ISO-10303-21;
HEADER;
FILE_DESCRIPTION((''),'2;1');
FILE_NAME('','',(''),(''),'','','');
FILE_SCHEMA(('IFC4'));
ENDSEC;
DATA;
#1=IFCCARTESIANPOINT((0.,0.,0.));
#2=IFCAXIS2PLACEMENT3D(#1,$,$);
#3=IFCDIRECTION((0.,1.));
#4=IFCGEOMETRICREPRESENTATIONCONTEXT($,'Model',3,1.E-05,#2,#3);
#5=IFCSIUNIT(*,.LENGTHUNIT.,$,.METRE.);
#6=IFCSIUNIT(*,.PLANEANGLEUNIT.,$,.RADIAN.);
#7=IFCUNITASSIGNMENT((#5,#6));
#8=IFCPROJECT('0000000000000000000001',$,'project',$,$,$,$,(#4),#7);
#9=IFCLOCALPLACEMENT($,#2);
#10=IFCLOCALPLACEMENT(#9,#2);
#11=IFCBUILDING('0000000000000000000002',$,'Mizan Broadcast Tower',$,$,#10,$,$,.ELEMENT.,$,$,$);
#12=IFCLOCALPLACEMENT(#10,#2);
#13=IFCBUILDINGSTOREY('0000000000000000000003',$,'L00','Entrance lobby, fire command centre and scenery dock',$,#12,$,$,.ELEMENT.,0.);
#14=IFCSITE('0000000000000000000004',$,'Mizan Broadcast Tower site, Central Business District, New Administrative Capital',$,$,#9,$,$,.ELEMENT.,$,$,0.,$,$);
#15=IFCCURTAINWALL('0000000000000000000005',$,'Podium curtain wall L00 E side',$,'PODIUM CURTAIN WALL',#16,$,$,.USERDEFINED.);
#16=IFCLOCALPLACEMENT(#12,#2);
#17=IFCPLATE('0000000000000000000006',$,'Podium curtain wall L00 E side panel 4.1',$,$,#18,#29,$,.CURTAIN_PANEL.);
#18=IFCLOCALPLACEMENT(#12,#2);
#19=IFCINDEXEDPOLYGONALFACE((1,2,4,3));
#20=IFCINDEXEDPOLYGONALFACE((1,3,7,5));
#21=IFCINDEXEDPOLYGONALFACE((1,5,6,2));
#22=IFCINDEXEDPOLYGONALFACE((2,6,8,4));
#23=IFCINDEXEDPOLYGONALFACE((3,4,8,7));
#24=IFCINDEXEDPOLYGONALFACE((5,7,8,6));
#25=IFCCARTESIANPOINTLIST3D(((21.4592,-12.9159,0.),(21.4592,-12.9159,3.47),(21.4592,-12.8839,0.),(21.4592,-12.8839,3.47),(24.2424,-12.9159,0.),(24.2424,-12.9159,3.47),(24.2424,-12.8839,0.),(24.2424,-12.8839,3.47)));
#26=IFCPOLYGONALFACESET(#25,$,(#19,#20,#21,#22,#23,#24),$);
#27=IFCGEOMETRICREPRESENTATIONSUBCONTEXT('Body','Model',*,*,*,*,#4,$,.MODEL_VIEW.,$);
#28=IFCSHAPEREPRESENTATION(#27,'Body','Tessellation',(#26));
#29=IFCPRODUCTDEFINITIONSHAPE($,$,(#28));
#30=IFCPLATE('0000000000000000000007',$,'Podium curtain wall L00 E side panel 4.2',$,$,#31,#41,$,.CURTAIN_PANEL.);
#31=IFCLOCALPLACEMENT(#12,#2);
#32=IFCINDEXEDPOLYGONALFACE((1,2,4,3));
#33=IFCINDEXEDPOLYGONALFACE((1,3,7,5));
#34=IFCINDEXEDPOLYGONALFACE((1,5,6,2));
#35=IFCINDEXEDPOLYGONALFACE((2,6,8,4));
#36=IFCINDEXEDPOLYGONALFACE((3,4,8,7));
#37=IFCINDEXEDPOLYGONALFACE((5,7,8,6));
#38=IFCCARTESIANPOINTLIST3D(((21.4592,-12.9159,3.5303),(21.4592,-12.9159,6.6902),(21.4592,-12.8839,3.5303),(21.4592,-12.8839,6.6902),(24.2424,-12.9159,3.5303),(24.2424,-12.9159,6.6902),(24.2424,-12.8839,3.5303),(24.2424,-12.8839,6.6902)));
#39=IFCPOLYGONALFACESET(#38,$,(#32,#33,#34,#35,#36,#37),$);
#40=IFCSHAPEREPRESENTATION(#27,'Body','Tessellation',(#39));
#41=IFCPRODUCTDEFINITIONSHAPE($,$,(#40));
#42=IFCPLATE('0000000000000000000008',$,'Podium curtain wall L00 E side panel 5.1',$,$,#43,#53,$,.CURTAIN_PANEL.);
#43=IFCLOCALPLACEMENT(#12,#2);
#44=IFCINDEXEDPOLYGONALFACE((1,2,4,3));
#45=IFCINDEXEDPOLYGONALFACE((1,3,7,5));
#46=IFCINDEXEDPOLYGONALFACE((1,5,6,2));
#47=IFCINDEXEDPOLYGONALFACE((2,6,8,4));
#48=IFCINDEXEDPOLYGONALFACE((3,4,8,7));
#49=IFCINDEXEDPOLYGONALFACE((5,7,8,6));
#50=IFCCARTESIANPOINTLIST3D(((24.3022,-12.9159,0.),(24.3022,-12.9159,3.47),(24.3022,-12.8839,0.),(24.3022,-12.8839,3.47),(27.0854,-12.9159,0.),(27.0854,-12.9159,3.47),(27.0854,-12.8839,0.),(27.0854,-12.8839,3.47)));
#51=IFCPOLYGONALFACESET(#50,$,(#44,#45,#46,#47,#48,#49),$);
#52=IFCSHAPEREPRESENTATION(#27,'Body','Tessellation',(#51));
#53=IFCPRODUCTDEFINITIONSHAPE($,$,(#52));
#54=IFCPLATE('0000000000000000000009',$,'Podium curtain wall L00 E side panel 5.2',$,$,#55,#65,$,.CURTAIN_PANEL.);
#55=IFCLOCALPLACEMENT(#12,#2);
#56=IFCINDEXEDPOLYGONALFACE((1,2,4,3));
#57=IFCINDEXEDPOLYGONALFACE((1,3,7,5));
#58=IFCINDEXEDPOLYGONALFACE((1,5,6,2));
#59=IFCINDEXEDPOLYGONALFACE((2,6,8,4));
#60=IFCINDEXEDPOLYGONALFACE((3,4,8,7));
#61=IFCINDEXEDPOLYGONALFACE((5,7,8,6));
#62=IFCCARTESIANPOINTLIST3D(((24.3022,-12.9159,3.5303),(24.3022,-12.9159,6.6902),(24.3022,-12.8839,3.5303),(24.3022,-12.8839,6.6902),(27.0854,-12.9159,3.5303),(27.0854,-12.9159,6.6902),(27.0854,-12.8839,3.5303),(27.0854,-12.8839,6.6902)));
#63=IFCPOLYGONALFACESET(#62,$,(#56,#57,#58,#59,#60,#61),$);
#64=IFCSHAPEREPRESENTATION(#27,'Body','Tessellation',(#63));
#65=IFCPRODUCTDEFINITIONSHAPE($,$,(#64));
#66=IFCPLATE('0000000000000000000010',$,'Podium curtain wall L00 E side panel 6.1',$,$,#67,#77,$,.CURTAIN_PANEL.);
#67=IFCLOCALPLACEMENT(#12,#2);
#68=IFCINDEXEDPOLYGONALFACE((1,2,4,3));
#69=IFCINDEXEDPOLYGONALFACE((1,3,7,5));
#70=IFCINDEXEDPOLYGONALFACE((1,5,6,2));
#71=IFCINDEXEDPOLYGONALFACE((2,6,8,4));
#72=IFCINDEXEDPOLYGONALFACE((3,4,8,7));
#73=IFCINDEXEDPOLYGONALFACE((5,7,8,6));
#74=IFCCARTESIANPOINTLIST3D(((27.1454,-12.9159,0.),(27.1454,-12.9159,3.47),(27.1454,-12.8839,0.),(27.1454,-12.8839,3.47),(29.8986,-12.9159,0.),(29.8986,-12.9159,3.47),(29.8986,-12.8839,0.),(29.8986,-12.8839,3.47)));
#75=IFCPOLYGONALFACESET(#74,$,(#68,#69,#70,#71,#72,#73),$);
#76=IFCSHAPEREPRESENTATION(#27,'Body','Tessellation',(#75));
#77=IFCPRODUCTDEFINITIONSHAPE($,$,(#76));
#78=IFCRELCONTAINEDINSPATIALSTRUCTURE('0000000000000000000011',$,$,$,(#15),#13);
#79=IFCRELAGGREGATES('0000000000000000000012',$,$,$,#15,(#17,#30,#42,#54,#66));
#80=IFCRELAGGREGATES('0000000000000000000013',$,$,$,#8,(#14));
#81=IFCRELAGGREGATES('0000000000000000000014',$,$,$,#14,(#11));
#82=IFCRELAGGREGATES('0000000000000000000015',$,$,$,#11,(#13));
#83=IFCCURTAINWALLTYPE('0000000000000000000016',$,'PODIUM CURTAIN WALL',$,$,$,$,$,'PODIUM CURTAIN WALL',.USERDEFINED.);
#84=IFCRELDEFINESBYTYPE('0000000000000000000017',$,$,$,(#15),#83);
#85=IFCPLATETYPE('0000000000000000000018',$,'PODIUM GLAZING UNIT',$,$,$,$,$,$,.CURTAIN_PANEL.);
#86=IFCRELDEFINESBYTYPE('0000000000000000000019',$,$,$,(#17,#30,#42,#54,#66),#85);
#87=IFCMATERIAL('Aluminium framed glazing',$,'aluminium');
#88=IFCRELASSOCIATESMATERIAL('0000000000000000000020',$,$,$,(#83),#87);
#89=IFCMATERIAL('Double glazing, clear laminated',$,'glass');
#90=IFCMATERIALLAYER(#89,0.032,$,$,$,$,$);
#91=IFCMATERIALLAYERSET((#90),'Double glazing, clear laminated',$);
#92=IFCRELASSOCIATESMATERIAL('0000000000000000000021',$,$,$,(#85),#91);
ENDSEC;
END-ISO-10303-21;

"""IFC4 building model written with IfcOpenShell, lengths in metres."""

from ifc_helpers import new_model, si_unit, direction, frame, origin, origin_2d, place, context, subcontext, project, spatial, rectangle, extrude, material, layer, layer_set, type_object, element, aggregate, save


model = new_model("IFC4")

# Units and contexts
model_context = context("Model", 3, precision=1e-05, world=origin(), true_north=direction((0.0, 1.0)))
body_context = subcontext(model_context, "Body", "Model", "MODEL_VIEW")
ifc_project = project(units=[si_unit("LENGTHUNIT", "METRE"), si_unit("PLANEANGLEUNIT", "RADIAN")], contexts=[model_context])

# Site, building, storey
site_placement = place(None, origin())
site = spatial("IfcSite", under=ifc_project, at=site_placement, Name="Mizan Broadcast Tower site, Central Business District, New Administrative Capital", CompositionType="ELEMENT", RefElevation=0.0)
building_placement = place(site_placement, origin())
building = spatial("IfcBuilding", under=site, at=building_placement, Name="Mizan Broadcast Tower", CompositionType="ELEMENT")
storey_placement = place(building_placement, origin())
storey = spatial("IfcBuildingStorey", under=building, at=storey_placement, Name="L00", Description="Entrance lobby, fire command centre and scenery dock", CompositionType="ELEMENT", Elevation=0.0)

# Curtain wall, plates
ifc_material_1 = material(Name="Aluminium framed glazing", Category="aluminium")
curtain_wall_type = type_object("IfcCurtainWallType", Name="PODIUM CURTAIN WALL", ElementType="PODIUM CURTAIN WALL", PredefinedType="USERDEFINED", material=ifc_material_1)
curtain_wall_placement = place(storey_placement, origin())
curtain_wall = element("IfcCurtainWall", 1, at=curtain_wall_placement, inside=storey, type_object=curtain_wall_type, Name="Podium curtain wall L00 E side", ObjectType="PODIUM CURTAIN WALL", PredefinedType="USERDEFINED")
ifc_material_2 = material(Name="Double glazing, clear laminated", Category="glass")
ifc_layer = layer(ifc_material_2, 0.032)
ifc_layer_set = layer_set([ifc_layer], Name="Double glazing, clear laminated")
plate_type = type_object("IfcPlateType", Name="PODIUM GLAZING UNIT", PredefinedType="CURTAIN_PANEL", material=ifc_layer_set)
plate_1_placement = place(storey_placement, frame((22.8508, -12.8999, 0.0), z_axis=(0.0, 0.0, 1.0), x_axis=(1.0, 0.0, 0.0)))
plate_1 = element("IfcPlate", 2, at=plate_1_placement, type_object=plate_type, Name="Podium curtain wall L00 E side panel 4.1", PredefinedType="CURTAIN_PANEL", context=body_context, shape_type="SweptSolid", body=[
    extrude(rectangle(XDim=2.7832, YDim=0.032, at=origin_2d()), origin(), (0.0, 0.0, 1.0), 3.47),
])
plate_2_placement = place(storey_placement, frame((22.8508, -12.8999, 3.5303), z_axis=(0.0, 0.0, 1.0), x_axis=(1.0, 0.0, 0.0)))
plate_2 = element("IfcPlate", 3, at=plate_2_placement, type_object=plate_type, Name="Podium curtain wall L00 E side panel 4.2", PredefinedType="CURTAIN_PANEL", context=body_context, shape_type="SweptSolid", body=[
    extrude(rectangle(XDim=2.7832, YDim=0.032, at=origin_2d()), origin(), (0.0, 0.0, 1.0), 3.1599),
])
plate_3_placement = place(storey_placement, frame((25.6938, -12.8999, 0.0), z_axis=(0.0, 0.0, 1.0), x_axis=(1.0, 0.0, 0.0)))
plate_3 = element("IfcPlate", 4, at=plate_3_placement, type_object=plate_type, Name="Podium curtain wall L00 E side panel 5.1", PredefinedType="CURTAIN_PANEL", context=body_context, shape_type="SweptSolid", body=[
    extrude(rectangle(XDim=2.7832, YDim=0.032, at=origin_2d()), origin(), (0.0, 0.0, 1.0), 3.47),
])
plate_4_placement = place(storey_placement, frame((25.6938, -12.8999, 3.5303), z_axis=(0.0, 0.0, 1.0), x_axis=(1.0, 0.0, 0.0)))
plate_4 = element("IfcPlate", 5, at=plate_4_placement, type_object=plate_type, Name="Podium curtain wall L00 E side panel 5.2", PredefinedType="CURTAIN_PANEL", context=body_context, shape_type="SweptSolid", body=[
    extrude(rectangle(XDim=2.7832, YDim=0.032, at=origin_2d()), origin(), (0.0, 0.0, 1.0), 3.1599),
])
plate_5_placement = place(storey_placement, frame((28.522, -12.8999, 0.0), z_axis=(0.0, 0.0, 1.0), x_axis=(1.0, 0.0, 0.0)))
plate_5 = element("IfcPlate", 6, at=plate_5_placement, type_object=plate_type, Name="Podium curtain wall L00 E side panel 6.1", PredefinedType="CURTAIN_PANEL", context=body_context, shape_type="SweptSolid", body=[
    extrude(rectangle(XDim=2.7532, YDim=0.032, at=origin_2d()), origin(), (0.0, 0.0, 1.0), 3.47),
])
aggregate(curtain_wall, [plate_1, plate_2, plate_3, plate_4, plate_5])

save(model, "model.ifc")
